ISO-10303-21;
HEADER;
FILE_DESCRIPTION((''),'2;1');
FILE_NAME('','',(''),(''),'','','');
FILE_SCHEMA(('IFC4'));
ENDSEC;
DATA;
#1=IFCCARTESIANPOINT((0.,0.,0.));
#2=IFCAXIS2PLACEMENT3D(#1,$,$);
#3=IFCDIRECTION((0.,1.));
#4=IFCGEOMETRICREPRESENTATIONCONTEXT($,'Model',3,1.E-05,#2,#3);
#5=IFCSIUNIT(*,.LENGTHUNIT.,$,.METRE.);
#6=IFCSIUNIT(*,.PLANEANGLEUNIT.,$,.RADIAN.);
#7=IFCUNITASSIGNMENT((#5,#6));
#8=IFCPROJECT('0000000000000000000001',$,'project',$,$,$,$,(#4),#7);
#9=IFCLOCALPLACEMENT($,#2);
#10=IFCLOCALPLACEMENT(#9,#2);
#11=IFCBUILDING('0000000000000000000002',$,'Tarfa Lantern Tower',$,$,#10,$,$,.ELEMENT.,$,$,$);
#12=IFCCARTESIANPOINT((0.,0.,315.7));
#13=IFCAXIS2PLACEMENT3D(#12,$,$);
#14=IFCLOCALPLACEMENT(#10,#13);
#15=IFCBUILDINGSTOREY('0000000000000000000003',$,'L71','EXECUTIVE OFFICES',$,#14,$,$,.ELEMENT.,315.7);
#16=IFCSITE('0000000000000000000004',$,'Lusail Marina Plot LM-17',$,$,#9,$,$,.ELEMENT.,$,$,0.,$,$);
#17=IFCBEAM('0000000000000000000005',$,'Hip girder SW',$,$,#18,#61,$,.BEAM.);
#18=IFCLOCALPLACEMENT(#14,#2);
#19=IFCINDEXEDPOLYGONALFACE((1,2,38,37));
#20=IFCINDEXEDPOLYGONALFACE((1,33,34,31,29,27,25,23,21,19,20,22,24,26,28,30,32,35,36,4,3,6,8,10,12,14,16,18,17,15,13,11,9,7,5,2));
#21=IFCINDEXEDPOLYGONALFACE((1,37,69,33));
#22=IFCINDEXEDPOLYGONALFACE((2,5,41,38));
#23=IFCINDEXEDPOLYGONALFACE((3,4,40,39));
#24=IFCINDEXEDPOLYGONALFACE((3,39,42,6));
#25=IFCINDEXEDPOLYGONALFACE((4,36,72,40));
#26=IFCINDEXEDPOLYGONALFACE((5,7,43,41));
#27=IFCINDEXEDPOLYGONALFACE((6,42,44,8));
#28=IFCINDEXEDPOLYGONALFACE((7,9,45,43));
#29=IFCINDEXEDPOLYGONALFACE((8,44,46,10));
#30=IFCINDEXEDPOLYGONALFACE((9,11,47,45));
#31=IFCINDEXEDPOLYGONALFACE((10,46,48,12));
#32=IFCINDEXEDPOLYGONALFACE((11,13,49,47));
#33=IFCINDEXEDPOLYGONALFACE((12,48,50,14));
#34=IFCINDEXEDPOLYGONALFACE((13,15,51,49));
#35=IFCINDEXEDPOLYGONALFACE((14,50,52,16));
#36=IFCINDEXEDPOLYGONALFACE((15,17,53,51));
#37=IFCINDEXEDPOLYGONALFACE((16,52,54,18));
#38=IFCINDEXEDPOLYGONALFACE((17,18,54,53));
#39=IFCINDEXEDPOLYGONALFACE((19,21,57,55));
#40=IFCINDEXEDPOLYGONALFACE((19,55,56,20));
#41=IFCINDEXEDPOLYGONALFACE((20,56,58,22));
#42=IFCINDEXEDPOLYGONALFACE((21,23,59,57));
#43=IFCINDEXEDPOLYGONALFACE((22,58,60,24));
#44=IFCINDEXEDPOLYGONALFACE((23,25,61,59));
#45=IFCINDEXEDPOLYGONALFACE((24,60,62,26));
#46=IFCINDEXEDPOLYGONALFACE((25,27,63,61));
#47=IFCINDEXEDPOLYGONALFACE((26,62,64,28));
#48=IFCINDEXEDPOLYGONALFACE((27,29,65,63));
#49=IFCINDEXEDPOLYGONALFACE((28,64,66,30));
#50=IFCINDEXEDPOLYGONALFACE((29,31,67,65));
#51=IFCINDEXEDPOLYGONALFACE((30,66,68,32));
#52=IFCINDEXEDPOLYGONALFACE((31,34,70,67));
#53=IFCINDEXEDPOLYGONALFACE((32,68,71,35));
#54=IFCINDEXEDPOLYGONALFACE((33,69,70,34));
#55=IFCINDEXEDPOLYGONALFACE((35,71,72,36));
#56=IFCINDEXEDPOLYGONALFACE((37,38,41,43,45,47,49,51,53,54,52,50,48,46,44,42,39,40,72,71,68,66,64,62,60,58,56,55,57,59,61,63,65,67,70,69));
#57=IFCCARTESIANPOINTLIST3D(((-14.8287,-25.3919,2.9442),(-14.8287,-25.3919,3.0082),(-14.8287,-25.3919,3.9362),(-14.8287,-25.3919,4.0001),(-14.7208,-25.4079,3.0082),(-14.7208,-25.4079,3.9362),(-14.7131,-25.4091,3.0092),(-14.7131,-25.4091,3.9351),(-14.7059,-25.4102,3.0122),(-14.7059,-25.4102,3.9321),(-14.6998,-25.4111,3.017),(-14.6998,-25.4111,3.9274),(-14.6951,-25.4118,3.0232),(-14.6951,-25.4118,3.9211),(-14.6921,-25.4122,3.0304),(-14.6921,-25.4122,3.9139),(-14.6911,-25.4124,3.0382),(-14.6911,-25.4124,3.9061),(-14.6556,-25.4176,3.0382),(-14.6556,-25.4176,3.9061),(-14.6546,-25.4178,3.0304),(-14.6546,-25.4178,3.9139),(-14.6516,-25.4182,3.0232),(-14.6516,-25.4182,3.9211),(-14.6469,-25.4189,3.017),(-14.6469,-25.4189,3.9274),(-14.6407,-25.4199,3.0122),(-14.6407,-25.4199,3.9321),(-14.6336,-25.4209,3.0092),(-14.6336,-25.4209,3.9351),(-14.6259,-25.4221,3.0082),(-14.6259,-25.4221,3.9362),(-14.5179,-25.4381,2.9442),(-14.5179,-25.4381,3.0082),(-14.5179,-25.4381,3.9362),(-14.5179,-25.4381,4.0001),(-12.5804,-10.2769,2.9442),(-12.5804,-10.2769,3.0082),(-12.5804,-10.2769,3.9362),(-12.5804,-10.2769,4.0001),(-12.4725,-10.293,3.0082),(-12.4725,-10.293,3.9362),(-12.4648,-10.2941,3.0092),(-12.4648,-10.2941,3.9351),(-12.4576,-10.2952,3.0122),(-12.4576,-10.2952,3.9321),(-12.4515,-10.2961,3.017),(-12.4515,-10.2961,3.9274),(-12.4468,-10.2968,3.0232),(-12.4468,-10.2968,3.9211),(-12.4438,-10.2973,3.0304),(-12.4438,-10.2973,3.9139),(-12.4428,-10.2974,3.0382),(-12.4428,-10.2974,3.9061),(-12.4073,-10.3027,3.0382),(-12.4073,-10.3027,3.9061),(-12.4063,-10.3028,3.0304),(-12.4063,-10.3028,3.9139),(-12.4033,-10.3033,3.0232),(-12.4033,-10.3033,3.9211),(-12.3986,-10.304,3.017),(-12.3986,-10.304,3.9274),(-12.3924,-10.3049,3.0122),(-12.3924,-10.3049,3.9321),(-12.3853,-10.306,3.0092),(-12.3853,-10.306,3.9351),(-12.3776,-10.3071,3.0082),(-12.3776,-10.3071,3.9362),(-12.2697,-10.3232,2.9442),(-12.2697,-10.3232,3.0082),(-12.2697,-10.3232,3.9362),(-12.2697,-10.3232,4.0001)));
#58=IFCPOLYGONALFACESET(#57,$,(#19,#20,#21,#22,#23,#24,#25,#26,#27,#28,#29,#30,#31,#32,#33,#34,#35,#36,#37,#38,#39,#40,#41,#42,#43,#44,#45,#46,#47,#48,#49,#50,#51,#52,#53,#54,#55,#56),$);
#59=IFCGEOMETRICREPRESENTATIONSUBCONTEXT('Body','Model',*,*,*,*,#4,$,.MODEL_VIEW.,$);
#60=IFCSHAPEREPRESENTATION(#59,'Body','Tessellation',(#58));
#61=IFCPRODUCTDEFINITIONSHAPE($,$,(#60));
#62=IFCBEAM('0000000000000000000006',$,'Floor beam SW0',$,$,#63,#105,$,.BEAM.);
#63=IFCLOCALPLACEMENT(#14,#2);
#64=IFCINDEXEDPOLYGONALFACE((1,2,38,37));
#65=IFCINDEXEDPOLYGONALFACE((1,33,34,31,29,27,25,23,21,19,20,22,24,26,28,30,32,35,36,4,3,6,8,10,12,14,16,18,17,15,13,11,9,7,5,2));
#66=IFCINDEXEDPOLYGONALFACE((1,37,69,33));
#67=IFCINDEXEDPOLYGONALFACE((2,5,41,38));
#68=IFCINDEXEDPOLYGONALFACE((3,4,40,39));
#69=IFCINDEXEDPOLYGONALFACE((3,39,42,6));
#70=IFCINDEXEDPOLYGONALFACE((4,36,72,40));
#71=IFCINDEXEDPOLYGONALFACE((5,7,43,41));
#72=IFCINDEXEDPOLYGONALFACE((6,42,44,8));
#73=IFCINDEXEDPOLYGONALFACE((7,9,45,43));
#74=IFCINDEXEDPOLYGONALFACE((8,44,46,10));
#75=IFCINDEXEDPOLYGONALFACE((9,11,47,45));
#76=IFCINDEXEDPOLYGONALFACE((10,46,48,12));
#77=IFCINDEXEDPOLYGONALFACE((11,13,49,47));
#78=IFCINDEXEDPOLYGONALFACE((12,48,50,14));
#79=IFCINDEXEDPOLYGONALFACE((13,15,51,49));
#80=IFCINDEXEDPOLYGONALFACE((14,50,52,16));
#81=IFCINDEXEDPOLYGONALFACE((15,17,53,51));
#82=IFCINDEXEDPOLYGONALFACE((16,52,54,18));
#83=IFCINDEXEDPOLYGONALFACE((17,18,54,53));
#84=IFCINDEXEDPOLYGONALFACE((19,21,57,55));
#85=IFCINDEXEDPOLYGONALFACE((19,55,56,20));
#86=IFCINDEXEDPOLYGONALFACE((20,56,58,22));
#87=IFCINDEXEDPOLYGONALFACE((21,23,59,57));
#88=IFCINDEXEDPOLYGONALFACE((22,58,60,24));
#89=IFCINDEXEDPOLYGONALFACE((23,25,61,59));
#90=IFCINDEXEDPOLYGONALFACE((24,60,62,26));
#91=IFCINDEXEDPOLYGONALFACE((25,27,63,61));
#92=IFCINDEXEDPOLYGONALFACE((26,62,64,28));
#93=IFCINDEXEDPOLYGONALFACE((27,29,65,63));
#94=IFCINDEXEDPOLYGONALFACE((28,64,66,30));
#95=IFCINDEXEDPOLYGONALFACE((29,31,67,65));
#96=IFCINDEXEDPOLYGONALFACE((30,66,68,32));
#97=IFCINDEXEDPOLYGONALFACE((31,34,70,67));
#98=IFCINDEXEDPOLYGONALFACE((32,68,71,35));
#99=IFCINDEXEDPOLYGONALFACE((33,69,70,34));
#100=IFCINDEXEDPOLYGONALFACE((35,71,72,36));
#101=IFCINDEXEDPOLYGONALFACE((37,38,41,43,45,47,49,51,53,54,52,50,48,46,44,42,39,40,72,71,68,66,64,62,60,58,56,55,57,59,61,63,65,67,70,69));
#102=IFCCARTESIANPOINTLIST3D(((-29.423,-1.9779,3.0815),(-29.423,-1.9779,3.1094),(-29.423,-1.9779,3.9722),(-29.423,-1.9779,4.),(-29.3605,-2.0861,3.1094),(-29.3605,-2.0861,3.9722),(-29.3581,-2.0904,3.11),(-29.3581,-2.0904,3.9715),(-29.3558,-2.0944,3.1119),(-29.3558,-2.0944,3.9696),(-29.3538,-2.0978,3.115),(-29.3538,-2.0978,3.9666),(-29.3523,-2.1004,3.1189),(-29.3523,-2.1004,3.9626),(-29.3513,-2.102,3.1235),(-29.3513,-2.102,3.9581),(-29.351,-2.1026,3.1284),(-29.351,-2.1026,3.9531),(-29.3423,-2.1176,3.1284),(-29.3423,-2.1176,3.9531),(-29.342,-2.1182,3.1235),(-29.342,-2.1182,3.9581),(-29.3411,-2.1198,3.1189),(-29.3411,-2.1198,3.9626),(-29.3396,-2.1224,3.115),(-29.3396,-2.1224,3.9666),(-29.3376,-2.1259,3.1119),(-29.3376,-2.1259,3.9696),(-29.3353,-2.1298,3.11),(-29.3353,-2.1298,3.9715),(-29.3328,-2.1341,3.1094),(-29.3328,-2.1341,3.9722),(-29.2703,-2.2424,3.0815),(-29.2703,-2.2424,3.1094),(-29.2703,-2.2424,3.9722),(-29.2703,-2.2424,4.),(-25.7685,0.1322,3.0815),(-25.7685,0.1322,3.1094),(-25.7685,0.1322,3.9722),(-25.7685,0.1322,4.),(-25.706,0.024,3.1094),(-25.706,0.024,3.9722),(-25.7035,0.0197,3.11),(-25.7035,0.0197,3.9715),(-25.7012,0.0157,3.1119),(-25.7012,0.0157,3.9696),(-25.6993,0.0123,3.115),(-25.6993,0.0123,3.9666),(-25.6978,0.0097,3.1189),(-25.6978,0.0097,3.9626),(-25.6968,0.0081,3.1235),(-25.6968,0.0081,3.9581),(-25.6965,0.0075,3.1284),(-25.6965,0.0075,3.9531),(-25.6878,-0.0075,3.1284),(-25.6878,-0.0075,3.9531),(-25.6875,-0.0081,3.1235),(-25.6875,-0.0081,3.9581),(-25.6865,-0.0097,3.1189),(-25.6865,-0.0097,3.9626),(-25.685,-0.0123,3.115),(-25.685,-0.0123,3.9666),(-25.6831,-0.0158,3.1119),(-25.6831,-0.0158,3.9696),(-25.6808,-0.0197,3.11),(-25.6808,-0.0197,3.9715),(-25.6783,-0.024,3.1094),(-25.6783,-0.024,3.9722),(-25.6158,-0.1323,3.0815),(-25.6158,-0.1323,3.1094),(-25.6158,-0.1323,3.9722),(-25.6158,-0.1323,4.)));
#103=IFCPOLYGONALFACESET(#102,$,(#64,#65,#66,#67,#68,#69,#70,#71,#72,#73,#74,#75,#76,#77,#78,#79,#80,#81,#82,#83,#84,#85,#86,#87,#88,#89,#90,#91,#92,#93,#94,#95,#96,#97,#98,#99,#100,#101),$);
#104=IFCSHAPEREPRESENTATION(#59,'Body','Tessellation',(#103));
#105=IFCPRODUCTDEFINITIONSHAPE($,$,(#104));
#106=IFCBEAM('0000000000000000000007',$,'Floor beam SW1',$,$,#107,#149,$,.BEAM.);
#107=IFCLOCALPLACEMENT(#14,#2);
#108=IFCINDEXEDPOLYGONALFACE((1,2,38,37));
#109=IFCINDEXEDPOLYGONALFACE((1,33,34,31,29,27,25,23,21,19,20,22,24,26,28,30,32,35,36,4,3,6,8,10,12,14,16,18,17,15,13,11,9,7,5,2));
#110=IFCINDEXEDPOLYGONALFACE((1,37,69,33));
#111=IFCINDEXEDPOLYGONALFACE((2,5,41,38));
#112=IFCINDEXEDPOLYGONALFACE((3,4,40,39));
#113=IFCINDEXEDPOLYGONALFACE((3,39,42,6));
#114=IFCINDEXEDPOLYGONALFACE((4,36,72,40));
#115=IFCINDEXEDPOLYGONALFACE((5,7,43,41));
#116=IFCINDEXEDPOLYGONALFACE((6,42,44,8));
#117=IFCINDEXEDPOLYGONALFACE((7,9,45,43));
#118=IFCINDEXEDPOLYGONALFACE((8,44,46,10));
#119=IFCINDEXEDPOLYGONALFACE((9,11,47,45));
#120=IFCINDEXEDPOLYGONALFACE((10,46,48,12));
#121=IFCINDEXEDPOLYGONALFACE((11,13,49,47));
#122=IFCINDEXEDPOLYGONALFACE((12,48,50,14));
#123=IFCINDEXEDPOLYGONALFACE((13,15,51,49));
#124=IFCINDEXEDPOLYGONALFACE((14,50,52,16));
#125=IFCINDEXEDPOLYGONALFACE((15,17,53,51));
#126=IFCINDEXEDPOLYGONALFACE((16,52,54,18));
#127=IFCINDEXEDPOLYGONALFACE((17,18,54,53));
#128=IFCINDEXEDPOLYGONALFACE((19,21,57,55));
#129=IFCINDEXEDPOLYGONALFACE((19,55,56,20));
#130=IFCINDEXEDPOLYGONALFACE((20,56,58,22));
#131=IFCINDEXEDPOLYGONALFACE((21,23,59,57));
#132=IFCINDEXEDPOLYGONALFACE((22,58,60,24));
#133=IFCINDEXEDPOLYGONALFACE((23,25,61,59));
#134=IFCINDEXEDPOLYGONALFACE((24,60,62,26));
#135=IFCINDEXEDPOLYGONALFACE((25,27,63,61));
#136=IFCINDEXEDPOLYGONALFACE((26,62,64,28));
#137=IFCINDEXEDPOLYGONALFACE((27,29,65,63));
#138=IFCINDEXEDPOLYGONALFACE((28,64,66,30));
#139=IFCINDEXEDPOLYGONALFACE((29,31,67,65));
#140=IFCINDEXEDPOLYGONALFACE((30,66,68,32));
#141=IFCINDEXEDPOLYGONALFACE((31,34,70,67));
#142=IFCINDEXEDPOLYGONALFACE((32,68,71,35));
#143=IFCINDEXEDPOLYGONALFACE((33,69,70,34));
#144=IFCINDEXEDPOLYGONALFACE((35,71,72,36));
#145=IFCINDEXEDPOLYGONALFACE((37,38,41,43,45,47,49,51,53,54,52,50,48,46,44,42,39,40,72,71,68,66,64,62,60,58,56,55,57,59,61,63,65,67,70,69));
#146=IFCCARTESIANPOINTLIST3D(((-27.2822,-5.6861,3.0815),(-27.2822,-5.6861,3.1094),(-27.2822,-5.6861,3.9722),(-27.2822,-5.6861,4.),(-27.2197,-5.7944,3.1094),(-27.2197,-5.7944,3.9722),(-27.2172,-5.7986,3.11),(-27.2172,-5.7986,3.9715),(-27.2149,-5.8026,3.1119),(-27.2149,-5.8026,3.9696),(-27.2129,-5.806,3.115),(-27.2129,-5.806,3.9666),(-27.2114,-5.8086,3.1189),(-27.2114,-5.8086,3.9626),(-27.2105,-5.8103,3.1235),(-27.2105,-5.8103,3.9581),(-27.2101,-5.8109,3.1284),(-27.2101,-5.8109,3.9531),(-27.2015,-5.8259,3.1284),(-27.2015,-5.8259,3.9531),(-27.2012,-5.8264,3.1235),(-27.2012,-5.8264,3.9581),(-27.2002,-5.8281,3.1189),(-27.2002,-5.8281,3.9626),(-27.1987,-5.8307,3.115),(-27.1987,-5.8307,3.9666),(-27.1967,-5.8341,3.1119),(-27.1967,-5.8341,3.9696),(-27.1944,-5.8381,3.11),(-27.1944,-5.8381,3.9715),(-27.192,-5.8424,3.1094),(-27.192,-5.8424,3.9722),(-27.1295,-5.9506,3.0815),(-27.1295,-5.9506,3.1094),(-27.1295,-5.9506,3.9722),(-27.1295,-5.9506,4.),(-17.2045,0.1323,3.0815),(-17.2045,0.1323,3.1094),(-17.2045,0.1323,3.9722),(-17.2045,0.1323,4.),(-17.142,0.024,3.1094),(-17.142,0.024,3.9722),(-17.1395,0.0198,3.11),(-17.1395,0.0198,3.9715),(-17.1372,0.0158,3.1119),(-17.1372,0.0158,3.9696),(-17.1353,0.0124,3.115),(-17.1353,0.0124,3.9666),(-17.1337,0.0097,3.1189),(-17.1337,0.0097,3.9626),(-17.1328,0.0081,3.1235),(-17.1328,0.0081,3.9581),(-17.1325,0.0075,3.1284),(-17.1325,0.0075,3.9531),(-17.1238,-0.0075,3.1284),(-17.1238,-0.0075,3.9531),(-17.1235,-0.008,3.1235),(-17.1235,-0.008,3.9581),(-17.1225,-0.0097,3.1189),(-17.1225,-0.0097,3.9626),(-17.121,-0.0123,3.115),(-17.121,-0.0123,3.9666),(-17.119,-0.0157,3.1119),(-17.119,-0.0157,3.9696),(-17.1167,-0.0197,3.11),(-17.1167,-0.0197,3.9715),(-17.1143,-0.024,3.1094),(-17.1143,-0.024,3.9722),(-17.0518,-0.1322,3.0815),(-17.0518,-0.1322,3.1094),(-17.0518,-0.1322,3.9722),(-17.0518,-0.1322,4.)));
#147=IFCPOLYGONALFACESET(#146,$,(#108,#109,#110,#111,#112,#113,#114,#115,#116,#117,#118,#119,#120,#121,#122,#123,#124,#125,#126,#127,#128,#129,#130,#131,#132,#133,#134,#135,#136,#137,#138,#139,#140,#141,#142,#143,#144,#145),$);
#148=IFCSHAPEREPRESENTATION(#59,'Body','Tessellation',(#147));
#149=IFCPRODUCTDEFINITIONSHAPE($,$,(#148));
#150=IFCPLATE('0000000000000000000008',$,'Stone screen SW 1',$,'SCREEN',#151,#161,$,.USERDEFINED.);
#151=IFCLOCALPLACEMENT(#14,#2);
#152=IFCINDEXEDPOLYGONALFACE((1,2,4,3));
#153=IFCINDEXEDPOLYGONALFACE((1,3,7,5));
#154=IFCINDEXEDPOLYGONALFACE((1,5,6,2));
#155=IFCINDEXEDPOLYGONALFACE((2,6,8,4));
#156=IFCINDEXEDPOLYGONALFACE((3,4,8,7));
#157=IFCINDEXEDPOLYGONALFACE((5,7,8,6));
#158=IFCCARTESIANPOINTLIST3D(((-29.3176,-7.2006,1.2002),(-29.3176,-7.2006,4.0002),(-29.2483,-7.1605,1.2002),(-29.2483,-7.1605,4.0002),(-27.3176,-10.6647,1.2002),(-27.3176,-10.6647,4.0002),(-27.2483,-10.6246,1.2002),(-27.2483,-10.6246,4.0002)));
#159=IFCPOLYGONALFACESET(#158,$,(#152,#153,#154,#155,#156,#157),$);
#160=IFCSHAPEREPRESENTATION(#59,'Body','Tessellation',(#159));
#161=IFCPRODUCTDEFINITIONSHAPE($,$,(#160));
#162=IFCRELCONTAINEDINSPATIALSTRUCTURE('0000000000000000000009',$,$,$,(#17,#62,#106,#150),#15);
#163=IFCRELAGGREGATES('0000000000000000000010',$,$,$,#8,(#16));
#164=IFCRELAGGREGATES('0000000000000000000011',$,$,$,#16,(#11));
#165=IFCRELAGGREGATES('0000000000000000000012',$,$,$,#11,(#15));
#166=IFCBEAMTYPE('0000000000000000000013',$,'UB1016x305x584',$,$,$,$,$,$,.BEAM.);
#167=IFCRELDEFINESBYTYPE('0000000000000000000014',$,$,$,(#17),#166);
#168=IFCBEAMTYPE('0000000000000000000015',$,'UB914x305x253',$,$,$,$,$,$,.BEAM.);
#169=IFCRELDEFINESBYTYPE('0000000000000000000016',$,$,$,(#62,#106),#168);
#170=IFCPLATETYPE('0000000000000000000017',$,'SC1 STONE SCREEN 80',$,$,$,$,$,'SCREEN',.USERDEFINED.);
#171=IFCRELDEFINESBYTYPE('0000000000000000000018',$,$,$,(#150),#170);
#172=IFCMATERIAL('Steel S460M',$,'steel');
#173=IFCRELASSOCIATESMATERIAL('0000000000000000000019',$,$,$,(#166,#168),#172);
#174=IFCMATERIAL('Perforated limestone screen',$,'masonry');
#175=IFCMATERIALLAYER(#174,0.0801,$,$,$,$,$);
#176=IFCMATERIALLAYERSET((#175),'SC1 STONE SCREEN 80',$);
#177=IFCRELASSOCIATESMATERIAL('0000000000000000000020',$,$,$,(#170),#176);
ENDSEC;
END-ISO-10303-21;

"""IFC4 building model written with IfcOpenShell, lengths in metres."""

from ifc_helpers import new_model, si_unit, direction, frame, origin, origin_2d, place, context, subcontext, project, spatial, rectangle, i_section, extrude, material, layer, layer_set, material_profile, profile_set, type_object, element, save


model = new_model("IFC4")

# Units and contexts
model_context = context("Model", 3, precision=1e-05, world=origin(), true_north=direction((0.0, 1.0)))
body_context = subcontext(model_context, "Body", "Model", "MODEL_VIEW")
ifc_project = project(units=[si_unit("LENGTHUNIT", "METRE"), si_unit("PLANEANGLEUNIT", "RADIAN")], contexts=[model_context])

# Site, building, storey
site_placement = place(None, origin())
site = spatial("IfcSite", under=ifc_project, at=site_placement, Name="Lusail Marina Plot LM-17", CompositionType="ELEMENT", RefElevation=0.0)
building_placement = place(site_placement, origin())
building = spatial("IfcBuilding", under=site, at=building_placement, Name="Tarfa Lantern Tower", CompositionType="ELEMENT")
storey_placement = place(building_placement, frame((0.0, 0.0, 315.7)))
storey = spatial("IfcBuildingStorey", under=building, at=storey_placement, Name="L71", Description="EXECUTIVE OFFICES", CompositionType="ELEMENT", Elevation=315.7)

# Beams
ifc_material_1 = material(Name="Steel S460M", Category="steel")
ifc_material_profile_1 = material_profile(ifc_material_1, i_section(OverallWidth=0.3142, OverallDepth=1.0559, WebThickness=0.0359, FlangeThickness=0.064, FilletRadius=0.03, at=origin_2d()), Name="UB1016x305x584")
ifc_profile_set_1 = profile_set([ifc_material_profile_1], Name="Steel S460M")
beam_type_1 = type_object("IfcBeamType", Name="UB1016x305x584", PredefinedType="BEAM", material=ifc_profile_set_1)
beam_1_placement = place(storey_placement, frame((-12.425, -10.3, 3.4722), z_axis=(-0.147127, -0.989118, 0.0), x_axis=(0.989118, -0.147127, 0.0)))
element("IfcBeam", 1, at=beam_1_placement, inside=storey, type_object=beam_type_1, Name="Hip girder SW", PredefinedType="BEAM", context=body_context, shape_type="SweptSolid", body=[
    extrude(i_section(OverallWidth=0.3142, OverallDepth=1.0559, WebThickness=0.0359, FlangeThickness=0.064, FilletRadius=0.03, at=origin_2d()), origin(), (0.0, 0.0, 1.0), 15.2812),
])
ifc_material_profile_2 = material_profile(ifc_material_1, i_section(OverallWidth=0.3054, OverallDepth=0.9185, WebThickness=0.0173, FlangeThickness=0.0278, FilletRadius=0.019, at=origin_2d()), Name="UB914x305x253")
ifc_profile_set_2 = profile_set([ifc_material_profile_2], Name="Steel S460M")
beam_type_2 = type_object("IfcBeamType", Name="UB914x305x253", PredefinedType="BEAM", material=ifc_profile_set_2)
beam_2_placement = place(storey_placement, frame((-29.3467, -2.1101, 3.5408), z_axis=(0.866009, 0.500028, 0.0), x_axis=(-0.500028, 0.866009, 0.0)))
element("IfcBeam", 2, at=beam_2_placement, inside=storey, type_object=beam_type_2, Name="Floor beam SW0", PredefinedType="BEAM", context=body_context, shape_type="SweptSolid", body=[
    extrude(i_section(OverallWidth=0.3054, OverallDepth=0.9185, WebThickness=0.0173, FlangeThickness=0.0278, FilletRadius=0.019, at=origin_2d()), origin(), (0.0, 0.0, 1.0), 4.22),
])
beam_3_placement = place(storey_placement, frame((-27.2058, -5.8184, 3.5408), z_axis=(0.866024, 0.500002, 0.0), x_axis=(-0.500002, 0.866024, 0.0)))
element("IfcBeam", 3, at=beam_3_placement, inside=storey, type_object=beam_type_2, Name="Floor beam SW1", PredefinedType="BEAM", context=body_context, shape_type="SweptSolid", body=[
    extrude(i_section(OverallWidth=0.3054, OverallDepth=0.9185, WebThickness=0.0173, FlangeThickness=0.0278, FilletRadius=0.019, at=origin_2d()), origin(), (0.0, 0.0, 1.0), 11.6367),
])

# Plate
ifc_material_2 = material(Name="Perforated limestone screen", Category="masonry")
ifc_layer_1 = layer(ifc_material_2, 0.0801)
ifc_layer_set_1 = layer_set([ifc_layer_1], Name="SC1 STONE SCREEN 80")
plate_type = type_object("IfcPlateType", Name="SC1 STONE SCREEN 80", ElementType="SCREEN", PredefinedType="USERDEFINED", material=ifc_layer_set_1)
plate_placement = place(storey_placement, frame((-28.283, -8.9126, 1.2002), z_axis=(0.0, 0.0, 1.0), x_axis=(0.5, -0.866025, 0.0)))
element("IfcPlate", 4, at=plate_placement, inside=storey, type_object=plate_type, Name="Stone screen SW 1", ObjectType="SCREEN", PredefinedType="USERDEFINED", context=body_context, shape_type="SweptSolid", body=[
    extrude(rectangle(XDim=4.0, YDim=0.0801, at=origin_2d()), origin(), (0.0, 0.0, 1.0), 2.8),
])

save(model, "model.ifc")
